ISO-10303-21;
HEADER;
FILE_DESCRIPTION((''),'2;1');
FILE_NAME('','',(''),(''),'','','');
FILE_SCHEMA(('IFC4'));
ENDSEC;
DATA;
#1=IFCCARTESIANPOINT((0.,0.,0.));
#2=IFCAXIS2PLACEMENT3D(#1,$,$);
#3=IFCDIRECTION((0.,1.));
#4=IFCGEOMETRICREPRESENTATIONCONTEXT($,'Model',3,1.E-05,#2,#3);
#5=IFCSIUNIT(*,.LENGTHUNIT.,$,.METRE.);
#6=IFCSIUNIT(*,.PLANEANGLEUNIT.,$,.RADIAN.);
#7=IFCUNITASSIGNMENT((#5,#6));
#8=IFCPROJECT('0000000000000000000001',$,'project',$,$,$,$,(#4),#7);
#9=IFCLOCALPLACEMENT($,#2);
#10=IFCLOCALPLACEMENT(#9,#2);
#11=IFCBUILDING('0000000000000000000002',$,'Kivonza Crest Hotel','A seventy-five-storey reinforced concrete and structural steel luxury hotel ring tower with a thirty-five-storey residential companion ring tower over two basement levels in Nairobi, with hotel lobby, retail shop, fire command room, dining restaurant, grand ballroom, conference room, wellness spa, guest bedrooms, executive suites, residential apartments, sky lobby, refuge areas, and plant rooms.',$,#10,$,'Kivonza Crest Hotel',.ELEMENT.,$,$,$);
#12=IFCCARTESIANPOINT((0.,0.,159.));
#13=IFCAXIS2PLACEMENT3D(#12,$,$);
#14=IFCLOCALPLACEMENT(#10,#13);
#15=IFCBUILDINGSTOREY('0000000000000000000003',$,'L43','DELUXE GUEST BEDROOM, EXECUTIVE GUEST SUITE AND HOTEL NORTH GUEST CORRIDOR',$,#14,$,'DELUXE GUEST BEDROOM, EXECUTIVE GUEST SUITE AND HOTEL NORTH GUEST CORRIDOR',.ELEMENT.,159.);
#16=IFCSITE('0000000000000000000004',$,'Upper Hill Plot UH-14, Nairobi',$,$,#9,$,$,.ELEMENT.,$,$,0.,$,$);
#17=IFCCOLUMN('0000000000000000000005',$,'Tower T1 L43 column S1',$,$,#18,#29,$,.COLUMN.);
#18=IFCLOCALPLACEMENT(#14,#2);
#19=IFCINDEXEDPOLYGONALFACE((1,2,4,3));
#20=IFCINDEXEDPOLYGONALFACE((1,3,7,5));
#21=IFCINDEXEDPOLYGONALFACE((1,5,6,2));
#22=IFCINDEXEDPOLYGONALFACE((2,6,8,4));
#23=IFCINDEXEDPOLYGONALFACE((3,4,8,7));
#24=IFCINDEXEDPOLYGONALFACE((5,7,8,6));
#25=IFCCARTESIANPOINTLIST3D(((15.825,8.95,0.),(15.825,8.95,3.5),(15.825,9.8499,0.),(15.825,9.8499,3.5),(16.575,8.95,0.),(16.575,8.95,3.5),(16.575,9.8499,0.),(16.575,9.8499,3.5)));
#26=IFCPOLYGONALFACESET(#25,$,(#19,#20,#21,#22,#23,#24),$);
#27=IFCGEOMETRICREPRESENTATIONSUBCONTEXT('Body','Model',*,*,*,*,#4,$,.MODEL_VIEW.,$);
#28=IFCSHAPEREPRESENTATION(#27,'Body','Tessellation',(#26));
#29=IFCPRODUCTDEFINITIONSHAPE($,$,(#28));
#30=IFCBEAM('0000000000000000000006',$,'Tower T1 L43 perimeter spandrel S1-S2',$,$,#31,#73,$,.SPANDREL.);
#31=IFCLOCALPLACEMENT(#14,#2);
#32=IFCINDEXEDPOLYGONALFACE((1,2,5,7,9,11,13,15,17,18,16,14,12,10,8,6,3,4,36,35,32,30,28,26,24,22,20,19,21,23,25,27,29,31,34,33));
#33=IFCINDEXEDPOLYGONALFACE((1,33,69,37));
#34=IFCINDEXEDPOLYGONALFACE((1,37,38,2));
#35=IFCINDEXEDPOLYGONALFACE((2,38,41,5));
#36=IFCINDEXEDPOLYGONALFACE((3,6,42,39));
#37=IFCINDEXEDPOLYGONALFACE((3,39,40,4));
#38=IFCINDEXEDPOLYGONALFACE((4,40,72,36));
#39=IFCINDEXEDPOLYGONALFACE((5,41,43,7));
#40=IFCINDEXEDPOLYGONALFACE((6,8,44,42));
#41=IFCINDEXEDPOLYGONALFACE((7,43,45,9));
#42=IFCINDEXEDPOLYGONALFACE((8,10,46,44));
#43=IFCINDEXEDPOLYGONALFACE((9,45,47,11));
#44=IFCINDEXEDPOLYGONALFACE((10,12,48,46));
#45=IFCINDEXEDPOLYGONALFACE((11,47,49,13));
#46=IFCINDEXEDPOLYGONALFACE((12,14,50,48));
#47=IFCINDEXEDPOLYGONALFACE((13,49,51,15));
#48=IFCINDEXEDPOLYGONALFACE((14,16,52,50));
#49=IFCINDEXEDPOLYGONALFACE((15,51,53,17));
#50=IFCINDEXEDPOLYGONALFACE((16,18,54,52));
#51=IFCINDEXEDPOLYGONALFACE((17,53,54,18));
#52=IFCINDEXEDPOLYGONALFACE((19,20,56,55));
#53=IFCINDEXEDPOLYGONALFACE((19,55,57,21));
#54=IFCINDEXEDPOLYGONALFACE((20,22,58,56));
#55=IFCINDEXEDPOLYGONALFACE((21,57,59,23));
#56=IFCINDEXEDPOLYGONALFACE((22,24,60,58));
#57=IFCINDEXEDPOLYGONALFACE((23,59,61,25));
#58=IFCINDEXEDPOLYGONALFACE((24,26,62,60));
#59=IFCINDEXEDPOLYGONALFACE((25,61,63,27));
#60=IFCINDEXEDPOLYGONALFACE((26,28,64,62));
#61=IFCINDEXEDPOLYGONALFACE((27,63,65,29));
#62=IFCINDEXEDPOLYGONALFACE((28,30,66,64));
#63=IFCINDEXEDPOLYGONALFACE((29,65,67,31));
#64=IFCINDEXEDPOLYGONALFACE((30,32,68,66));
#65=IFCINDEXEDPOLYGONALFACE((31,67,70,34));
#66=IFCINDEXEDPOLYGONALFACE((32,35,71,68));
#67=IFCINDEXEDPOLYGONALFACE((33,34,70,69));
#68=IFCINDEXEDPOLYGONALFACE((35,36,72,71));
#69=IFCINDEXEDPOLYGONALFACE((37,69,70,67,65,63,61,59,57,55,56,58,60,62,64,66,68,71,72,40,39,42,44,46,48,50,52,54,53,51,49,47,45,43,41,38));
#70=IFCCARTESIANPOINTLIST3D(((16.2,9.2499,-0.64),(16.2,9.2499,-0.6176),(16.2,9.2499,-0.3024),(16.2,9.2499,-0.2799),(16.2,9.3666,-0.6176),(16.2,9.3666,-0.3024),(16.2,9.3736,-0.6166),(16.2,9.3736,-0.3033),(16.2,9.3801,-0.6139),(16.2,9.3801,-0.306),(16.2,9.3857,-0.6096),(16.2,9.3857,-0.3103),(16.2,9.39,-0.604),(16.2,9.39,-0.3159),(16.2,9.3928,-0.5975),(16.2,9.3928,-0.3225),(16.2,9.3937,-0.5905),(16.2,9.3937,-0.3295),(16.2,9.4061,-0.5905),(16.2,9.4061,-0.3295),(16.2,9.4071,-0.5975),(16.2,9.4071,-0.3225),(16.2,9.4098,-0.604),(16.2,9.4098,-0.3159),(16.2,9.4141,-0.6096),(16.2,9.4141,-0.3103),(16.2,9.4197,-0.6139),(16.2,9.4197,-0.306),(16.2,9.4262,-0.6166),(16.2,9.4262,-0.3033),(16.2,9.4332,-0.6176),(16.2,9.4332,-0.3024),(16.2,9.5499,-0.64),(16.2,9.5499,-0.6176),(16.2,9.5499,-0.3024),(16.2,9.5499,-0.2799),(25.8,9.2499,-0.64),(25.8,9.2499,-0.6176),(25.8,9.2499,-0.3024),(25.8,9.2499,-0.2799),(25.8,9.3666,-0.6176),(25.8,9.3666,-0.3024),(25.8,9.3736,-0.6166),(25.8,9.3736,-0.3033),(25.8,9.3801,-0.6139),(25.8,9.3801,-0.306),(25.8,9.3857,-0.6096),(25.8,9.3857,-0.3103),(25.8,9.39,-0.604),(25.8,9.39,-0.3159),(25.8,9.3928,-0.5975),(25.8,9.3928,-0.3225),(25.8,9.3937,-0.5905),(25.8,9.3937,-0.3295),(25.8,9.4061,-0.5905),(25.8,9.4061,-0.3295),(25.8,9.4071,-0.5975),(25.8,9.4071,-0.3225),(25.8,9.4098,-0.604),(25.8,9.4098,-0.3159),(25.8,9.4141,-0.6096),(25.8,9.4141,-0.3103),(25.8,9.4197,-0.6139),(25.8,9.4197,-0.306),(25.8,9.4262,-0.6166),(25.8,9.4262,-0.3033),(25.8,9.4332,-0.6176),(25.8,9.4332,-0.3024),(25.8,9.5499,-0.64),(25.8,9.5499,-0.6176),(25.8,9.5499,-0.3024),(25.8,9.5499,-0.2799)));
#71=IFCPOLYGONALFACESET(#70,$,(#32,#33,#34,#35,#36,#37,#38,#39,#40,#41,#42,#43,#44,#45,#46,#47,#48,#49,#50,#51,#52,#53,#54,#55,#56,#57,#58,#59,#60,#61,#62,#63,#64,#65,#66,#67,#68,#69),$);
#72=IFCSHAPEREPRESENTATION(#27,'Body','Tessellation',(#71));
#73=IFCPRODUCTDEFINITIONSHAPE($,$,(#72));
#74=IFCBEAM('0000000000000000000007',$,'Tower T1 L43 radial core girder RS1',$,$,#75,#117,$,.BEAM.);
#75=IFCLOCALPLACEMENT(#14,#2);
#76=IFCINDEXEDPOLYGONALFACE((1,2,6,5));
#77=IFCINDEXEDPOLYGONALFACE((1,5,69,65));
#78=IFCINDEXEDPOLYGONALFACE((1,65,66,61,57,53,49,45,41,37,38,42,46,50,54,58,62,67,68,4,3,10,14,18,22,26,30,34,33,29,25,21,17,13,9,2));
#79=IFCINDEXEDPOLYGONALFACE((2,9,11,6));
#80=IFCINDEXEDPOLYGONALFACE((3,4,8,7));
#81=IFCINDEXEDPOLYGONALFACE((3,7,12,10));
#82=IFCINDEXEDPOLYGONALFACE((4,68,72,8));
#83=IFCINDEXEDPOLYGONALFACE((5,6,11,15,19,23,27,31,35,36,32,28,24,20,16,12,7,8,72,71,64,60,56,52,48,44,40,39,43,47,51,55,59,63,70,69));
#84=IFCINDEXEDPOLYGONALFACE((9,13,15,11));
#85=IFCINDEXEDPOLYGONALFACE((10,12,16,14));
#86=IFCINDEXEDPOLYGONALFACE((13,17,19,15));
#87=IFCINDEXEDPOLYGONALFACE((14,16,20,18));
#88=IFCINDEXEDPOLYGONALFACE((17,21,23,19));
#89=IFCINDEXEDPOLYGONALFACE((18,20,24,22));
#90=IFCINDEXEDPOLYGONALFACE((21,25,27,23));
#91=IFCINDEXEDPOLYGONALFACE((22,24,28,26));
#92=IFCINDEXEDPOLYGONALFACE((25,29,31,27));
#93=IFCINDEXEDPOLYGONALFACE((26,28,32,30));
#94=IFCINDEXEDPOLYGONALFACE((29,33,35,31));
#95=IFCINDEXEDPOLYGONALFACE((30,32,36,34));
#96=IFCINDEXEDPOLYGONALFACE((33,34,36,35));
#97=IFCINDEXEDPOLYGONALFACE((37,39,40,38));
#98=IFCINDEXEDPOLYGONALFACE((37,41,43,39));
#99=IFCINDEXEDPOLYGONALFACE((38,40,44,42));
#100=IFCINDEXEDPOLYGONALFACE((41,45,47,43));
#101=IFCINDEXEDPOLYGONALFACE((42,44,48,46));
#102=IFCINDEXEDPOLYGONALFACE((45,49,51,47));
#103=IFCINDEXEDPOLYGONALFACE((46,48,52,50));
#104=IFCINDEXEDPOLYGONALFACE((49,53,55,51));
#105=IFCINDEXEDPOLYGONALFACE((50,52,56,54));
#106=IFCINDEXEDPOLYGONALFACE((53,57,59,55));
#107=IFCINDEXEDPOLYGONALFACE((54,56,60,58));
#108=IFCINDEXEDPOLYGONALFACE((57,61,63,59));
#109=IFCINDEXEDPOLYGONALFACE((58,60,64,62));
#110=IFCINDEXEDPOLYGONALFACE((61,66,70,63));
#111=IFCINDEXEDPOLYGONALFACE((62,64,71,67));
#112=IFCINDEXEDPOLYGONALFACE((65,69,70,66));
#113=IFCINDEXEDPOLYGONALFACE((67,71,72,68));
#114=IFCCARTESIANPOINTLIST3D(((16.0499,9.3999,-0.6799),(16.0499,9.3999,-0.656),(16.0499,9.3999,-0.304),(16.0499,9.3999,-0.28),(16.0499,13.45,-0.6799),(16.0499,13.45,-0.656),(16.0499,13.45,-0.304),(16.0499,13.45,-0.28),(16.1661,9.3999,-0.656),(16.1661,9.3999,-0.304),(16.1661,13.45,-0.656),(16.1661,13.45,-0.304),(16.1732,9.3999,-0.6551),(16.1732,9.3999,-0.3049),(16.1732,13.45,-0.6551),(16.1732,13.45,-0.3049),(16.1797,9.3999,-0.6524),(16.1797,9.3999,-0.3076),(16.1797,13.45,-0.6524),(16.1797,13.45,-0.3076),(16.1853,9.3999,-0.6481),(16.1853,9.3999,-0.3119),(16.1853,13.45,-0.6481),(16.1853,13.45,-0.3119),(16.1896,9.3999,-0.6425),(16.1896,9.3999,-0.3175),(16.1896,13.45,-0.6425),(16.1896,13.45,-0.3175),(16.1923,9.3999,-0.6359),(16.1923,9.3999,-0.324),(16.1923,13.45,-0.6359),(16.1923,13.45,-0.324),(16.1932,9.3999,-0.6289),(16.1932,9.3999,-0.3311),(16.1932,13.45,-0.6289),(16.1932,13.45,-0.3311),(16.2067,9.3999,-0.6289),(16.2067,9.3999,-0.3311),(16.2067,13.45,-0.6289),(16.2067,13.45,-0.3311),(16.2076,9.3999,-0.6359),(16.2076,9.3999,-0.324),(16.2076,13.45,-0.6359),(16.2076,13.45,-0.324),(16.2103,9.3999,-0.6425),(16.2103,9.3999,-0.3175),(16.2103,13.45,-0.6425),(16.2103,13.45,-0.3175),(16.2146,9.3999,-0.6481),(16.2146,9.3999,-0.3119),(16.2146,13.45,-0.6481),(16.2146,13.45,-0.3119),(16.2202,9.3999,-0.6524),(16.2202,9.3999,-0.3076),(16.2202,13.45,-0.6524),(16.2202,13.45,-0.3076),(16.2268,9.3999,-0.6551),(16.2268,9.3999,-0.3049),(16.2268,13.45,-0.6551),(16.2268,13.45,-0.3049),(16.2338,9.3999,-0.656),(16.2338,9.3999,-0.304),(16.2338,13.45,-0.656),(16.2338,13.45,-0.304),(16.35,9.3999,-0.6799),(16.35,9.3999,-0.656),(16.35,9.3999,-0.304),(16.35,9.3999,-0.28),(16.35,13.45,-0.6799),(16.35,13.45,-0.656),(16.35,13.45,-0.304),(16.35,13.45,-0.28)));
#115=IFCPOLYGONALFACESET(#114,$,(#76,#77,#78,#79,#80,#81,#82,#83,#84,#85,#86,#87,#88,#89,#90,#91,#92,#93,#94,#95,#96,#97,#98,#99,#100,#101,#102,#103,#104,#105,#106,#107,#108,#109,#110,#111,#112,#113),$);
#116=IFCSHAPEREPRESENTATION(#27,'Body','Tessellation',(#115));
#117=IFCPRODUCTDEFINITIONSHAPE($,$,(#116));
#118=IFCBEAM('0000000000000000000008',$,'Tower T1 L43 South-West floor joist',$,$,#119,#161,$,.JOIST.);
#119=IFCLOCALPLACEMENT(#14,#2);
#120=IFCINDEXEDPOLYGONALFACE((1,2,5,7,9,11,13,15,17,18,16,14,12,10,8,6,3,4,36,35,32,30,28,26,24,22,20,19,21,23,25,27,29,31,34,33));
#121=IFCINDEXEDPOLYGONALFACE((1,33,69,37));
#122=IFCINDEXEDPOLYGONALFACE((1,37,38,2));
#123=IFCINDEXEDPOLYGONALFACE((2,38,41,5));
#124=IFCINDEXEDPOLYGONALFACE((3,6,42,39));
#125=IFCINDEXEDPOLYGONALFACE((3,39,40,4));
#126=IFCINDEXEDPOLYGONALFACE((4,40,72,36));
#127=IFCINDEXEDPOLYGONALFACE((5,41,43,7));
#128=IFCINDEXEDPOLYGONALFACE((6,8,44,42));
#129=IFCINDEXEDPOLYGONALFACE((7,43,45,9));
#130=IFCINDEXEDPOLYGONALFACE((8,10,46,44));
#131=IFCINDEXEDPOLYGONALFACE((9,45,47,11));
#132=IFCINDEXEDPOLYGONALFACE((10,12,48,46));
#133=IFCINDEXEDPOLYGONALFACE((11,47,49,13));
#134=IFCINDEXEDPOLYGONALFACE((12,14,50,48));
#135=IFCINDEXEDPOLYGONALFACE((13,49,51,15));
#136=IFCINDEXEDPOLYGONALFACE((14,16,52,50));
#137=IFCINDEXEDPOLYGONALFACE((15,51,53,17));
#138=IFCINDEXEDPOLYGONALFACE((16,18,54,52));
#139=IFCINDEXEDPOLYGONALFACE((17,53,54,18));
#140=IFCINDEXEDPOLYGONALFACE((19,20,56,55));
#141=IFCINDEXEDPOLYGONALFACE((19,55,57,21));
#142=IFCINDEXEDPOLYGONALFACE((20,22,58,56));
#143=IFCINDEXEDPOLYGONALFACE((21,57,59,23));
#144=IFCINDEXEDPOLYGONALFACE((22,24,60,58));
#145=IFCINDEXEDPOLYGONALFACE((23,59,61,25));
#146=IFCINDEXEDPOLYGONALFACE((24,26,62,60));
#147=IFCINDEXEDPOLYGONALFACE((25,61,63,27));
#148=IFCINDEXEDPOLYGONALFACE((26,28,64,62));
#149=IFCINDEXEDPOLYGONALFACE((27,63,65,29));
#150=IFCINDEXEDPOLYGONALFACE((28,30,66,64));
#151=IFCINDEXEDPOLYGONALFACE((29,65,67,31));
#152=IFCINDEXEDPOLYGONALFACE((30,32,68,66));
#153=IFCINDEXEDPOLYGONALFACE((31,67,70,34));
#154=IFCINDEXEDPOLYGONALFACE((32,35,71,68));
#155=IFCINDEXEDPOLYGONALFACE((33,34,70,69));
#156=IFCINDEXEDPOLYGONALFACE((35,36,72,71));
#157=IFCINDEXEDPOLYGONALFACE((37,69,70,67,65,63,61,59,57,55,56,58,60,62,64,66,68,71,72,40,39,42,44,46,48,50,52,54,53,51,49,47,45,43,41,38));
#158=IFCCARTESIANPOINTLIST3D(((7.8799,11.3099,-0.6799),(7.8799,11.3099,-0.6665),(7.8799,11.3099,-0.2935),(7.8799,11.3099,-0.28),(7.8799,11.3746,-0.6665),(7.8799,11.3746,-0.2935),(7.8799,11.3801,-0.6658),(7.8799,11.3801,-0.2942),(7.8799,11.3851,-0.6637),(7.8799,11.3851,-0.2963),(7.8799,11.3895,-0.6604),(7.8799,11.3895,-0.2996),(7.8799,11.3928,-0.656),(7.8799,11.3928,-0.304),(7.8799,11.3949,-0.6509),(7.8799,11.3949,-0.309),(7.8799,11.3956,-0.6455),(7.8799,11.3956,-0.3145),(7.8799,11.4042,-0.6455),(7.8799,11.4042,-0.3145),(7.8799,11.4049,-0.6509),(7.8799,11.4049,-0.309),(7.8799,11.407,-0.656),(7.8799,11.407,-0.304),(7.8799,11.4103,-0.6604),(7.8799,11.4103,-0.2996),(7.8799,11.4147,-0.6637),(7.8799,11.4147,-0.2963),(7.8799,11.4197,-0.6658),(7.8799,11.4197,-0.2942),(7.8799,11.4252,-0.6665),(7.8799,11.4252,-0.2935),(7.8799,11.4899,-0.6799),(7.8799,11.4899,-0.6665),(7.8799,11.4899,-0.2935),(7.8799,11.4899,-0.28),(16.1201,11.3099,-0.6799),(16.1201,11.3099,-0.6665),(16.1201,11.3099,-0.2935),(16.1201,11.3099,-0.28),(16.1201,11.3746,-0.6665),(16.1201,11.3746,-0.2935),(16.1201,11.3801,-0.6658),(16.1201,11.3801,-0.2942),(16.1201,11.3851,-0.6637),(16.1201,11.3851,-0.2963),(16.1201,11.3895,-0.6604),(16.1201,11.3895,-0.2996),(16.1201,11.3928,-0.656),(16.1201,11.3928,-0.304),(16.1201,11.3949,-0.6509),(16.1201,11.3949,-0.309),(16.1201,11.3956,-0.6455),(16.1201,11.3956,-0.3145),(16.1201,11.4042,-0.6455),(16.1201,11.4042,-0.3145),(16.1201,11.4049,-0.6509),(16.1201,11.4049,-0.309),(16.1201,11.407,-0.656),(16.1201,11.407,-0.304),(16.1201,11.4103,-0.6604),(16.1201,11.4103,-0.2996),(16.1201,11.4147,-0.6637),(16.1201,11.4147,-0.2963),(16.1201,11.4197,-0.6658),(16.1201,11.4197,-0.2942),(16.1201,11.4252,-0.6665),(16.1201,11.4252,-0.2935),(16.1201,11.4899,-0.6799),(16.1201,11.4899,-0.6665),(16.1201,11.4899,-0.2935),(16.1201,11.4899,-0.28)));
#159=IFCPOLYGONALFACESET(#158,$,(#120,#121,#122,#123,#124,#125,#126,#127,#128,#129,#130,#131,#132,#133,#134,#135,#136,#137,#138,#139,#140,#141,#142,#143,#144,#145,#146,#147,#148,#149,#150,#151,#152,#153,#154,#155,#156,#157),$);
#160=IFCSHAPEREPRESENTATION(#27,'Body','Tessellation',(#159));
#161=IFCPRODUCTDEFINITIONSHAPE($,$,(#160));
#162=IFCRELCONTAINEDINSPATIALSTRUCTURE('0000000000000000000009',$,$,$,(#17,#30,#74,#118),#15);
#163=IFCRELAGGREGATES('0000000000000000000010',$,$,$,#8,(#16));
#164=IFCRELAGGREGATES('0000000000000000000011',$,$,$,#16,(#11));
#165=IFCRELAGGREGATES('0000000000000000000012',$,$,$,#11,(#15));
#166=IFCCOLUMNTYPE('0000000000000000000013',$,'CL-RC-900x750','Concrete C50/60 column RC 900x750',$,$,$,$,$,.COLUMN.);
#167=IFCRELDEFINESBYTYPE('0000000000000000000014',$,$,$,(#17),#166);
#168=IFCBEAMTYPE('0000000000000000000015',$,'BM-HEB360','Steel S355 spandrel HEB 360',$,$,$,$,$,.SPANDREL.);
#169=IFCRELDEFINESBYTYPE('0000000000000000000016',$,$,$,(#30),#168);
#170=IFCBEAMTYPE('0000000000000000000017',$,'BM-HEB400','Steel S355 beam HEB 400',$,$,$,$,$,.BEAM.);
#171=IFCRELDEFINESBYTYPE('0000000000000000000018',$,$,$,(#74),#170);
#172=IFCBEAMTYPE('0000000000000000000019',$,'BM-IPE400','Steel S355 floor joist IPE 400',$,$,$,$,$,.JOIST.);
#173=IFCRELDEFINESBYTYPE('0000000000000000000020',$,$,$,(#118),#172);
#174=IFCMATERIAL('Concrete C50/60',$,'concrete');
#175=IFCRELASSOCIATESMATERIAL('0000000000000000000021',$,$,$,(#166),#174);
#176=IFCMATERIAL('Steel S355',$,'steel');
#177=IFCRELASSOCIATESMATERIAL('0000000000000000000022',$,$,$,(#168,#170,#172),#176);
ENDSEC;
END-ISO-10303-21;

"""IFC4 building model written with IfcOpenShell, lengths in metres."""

from ifc_helpers import new_model, si_unit, direction, frame, origin, origin_2d, place, context, subcontext, project, spatial, rectangle, i_section, extrude, material, material_profile, profile_set, type_object, element, save


model = new_model("IFC4")

# Units and contexts
model_context = context("Model", 3, precision=1e-05, world=origin(), true_north=direction((0.0, 1.0)))
body_context = subcontext(model_context, "Body", "Model", "MODEL_VIEW")
ifc_project = project(units=[si_unit("LENGTHUNIT", "METRE"), si_unit("PLANEANGLEUNIT", "RADIAN")], contexts=[model_context])

# Site, building, storey
site_placement = place(None, origin())
site = spatial("IfcSite", under=ifc_project, at=site_placement, Name="Upper Hill Plot UH-14, Nairobi", CompositionType="ELEMENT", RefElevation=0.0)
building_placement = place(site_placement, origin())
building = spatial("IfcBuilding", under=site, at=building_placement, Name="Kivonza Crest Hotel", Description="A seventy-five-storey reinforced concrete and structural steel luxury hotel ring tower with a thirty-five-storey residential companion ring tower over two basement levels in Nairobi, with hotel lobby, retail shop, fire command room, dining restaurant, grand ballroom, conference room, wellness spa, guest bedrooms, executive suites, residential apartments, sky lobby, refuge areas, and plant rooms.", LongName="Kivonza Crest Hotel", CompositionType="ELEMENT")
storey_placement = place(building_placement, frame((0.0, 0.0, 159.0)))
storey = spatial("IfcBuildingStorey", under=building, at=storey_placement, Name="L43", Description="DELUXE GUEST BEDROOM, EXECUTIVE GUEST SUITE AND HOTEL NORTH GUEST CORRIDOR", LongName="DELUXE GUEST BEDROOM, EXECUTIVE GUEST SUITE AND HOTEL NORTH GUEST CORRIDOR", CompositionType="ELEMENT", Elevation=159.0)

# Column
ifc_material_1 = material(Name="Concrete C50/60", Category="concrete")
ifc_material_profile_1 = material_profile(ifc_material_1, rectangle(XDim=0.75, YDim=0.8999, at=origin_2d()), Name="RC 900x750")
ifc_profile_set_1 = profile_set([ifc_material_profile_1], Name="Concrete C50/60")
column_type = type_object("IfcColumnType", Name="CL-RC-900x750", Description="Concrete C50/60 column RC 900x750", PredefinedType="COLUMN", material=ifc_profile_set_1)
column_placement = place(storey_placement, frame((16.2, 9.3999, 0.0), z_axis=(0.0, 0.0, 1.0), x_axis=(1.0, 0.0, 0.0)))
element("IfcColumn", 1, at=column_placement, inside=storey, type_object=column_type, Name="Tower T1 L43 column S1", PredefinedType="COLUMN", context=body_context, shape_type="SweptSolid", body=[
    extrude(rectangle(XDim=0.75, YDim=0.8999, at=origin_2d()), origin(), (0.0, 0.0, 1.0), 3.5),
])

# Beams
ifc_material_2 = material(Name="Steel S355", Category="steel")
ifc_material_profile_2 = material_profile(ifc_material_2, i_section(OverallWidth=0.3, OverallDepth=0.3601, WebThickness=0.0125, FlangeThickness=0.0225, FilletRadius=0.0271, at=origin_2d()), Name="HEB 360")
ifc_profile_set_2 = profile_set([ifc_material_profile_2], Name="Steel S355")
beam_type_1 = type_object("IfcBeamType", Name="BM-HEB360", Description="Steel S355 spandrel HEB 360", PredefinedType="SPANDREL", material=ifc_profile_set_2)
beam_1_placement = place(storey_placement, frame((16.2, 9.3999, -0.46), z_axis=(1.0, 0.0, 0.0), x_axis=(0.0, 1.0, 0.0)))
element("IfcBeam", 2, at=beam_1_placement, inside=storey, type_object=beam_type_1, Name="Tower T1 L43 perimeter spandrel S1-S2", PredefinedType="SPANDREL", context=body_context, shape_type="SweptSolid", body=[
    extrude(i_section(OverallWidth=0.3, OverallDepth=0.3601, WebThickness=0.0125, FlangeThickness=0.0225, FilletRadius=0.0271, at=origin_2d()), origin(), (0.0, 0.0, 1.0), 9.6001),
])
ifc_material_profile_3 = material_profile(ifc_material_2, i_section(OverallWidth=0.3, OverallDepth=0.3999, WebThickness=0.0134, FlangeThickness=0.0239, FilletRadius=0.0271, at=origin_2d()), Name="HEB 400")
ifc_profile_set_3 = profile_set([ifc_material_profile_3], Name="Steel S355")
beam_type_2 = type_object("IfcBeamType", Name="BM-HEB400", Description="Steel S355 beam HEB 400", PredefinedType="BEAM", material=ifc_profile_set_3)
beam_2_placement = place(storey_placement, frame((16.2, 9.3999, -0.48), z_axis=(0.0, 1.0, 0.0), x_axis=(-1.0, 0.0, 0.0)))
element("IfcBeam", 3, at=beam_2_placement, inside=storey, type_object=beam_type_2, Name="Tower T1 L43 radial core girder RS1", PredefinedType="BEAM", context=body_context, shape_type="SweptSolid", body=[
    extrude(i_section(OverallWidth=0.3, OverallDepth=0.3999, WebThickness=0.0134, FlangeThickness=0.0239, FilletRadius=0.0271, at=origin_2d()), origin(), (0.0, 0.0, 1.0), 4.05),
])
ifc_material_profile_4 = material_profile(ifc_material_2, i_section(OverallWidth=0.1799, OverallDepth=0.3999, WebThickness=0.0085, FlangeThickness=0.0134, FilletRadius=0.021, at=origin_2d()), Name="IPE 400")
ifc_profile_set_4 = profile_set([ifc_material_profile_4], Name="Steel S355")
beam_type_3 = type_object("IfcBeamType", Name="BM-IPE400", Description="Steel S355 floor joist IPE 400", PredefinedType="JOIST", material=ifc_profile_set_4)
beam_3_placement = place(storey_placement, frame((7.8799, 11.3999, -0.48), z_axis=(1.0, 0.0, 0.0), x_axis=(0.0, 1.0, 0.0)))
element("IfcBeam", 4, at=beam_3_placement, inside=storey, type_object=beam_type_3, Name="Tower T1 L43 South-West floor joist", PredefinedType="JOIST", context=body_context, shape_type="SweptSolid", body=[
    extrude(i_section(OverallWidth=0.1799, OverallDepth=0.3999, WebThickness=0.0085, FlangeThickness=0.0134, FilletRadius=0.021, at=origin_2d()), origin(), (0.0, 0.0, 1.0), 8.2402),
])

save(model, "model.ifc")
